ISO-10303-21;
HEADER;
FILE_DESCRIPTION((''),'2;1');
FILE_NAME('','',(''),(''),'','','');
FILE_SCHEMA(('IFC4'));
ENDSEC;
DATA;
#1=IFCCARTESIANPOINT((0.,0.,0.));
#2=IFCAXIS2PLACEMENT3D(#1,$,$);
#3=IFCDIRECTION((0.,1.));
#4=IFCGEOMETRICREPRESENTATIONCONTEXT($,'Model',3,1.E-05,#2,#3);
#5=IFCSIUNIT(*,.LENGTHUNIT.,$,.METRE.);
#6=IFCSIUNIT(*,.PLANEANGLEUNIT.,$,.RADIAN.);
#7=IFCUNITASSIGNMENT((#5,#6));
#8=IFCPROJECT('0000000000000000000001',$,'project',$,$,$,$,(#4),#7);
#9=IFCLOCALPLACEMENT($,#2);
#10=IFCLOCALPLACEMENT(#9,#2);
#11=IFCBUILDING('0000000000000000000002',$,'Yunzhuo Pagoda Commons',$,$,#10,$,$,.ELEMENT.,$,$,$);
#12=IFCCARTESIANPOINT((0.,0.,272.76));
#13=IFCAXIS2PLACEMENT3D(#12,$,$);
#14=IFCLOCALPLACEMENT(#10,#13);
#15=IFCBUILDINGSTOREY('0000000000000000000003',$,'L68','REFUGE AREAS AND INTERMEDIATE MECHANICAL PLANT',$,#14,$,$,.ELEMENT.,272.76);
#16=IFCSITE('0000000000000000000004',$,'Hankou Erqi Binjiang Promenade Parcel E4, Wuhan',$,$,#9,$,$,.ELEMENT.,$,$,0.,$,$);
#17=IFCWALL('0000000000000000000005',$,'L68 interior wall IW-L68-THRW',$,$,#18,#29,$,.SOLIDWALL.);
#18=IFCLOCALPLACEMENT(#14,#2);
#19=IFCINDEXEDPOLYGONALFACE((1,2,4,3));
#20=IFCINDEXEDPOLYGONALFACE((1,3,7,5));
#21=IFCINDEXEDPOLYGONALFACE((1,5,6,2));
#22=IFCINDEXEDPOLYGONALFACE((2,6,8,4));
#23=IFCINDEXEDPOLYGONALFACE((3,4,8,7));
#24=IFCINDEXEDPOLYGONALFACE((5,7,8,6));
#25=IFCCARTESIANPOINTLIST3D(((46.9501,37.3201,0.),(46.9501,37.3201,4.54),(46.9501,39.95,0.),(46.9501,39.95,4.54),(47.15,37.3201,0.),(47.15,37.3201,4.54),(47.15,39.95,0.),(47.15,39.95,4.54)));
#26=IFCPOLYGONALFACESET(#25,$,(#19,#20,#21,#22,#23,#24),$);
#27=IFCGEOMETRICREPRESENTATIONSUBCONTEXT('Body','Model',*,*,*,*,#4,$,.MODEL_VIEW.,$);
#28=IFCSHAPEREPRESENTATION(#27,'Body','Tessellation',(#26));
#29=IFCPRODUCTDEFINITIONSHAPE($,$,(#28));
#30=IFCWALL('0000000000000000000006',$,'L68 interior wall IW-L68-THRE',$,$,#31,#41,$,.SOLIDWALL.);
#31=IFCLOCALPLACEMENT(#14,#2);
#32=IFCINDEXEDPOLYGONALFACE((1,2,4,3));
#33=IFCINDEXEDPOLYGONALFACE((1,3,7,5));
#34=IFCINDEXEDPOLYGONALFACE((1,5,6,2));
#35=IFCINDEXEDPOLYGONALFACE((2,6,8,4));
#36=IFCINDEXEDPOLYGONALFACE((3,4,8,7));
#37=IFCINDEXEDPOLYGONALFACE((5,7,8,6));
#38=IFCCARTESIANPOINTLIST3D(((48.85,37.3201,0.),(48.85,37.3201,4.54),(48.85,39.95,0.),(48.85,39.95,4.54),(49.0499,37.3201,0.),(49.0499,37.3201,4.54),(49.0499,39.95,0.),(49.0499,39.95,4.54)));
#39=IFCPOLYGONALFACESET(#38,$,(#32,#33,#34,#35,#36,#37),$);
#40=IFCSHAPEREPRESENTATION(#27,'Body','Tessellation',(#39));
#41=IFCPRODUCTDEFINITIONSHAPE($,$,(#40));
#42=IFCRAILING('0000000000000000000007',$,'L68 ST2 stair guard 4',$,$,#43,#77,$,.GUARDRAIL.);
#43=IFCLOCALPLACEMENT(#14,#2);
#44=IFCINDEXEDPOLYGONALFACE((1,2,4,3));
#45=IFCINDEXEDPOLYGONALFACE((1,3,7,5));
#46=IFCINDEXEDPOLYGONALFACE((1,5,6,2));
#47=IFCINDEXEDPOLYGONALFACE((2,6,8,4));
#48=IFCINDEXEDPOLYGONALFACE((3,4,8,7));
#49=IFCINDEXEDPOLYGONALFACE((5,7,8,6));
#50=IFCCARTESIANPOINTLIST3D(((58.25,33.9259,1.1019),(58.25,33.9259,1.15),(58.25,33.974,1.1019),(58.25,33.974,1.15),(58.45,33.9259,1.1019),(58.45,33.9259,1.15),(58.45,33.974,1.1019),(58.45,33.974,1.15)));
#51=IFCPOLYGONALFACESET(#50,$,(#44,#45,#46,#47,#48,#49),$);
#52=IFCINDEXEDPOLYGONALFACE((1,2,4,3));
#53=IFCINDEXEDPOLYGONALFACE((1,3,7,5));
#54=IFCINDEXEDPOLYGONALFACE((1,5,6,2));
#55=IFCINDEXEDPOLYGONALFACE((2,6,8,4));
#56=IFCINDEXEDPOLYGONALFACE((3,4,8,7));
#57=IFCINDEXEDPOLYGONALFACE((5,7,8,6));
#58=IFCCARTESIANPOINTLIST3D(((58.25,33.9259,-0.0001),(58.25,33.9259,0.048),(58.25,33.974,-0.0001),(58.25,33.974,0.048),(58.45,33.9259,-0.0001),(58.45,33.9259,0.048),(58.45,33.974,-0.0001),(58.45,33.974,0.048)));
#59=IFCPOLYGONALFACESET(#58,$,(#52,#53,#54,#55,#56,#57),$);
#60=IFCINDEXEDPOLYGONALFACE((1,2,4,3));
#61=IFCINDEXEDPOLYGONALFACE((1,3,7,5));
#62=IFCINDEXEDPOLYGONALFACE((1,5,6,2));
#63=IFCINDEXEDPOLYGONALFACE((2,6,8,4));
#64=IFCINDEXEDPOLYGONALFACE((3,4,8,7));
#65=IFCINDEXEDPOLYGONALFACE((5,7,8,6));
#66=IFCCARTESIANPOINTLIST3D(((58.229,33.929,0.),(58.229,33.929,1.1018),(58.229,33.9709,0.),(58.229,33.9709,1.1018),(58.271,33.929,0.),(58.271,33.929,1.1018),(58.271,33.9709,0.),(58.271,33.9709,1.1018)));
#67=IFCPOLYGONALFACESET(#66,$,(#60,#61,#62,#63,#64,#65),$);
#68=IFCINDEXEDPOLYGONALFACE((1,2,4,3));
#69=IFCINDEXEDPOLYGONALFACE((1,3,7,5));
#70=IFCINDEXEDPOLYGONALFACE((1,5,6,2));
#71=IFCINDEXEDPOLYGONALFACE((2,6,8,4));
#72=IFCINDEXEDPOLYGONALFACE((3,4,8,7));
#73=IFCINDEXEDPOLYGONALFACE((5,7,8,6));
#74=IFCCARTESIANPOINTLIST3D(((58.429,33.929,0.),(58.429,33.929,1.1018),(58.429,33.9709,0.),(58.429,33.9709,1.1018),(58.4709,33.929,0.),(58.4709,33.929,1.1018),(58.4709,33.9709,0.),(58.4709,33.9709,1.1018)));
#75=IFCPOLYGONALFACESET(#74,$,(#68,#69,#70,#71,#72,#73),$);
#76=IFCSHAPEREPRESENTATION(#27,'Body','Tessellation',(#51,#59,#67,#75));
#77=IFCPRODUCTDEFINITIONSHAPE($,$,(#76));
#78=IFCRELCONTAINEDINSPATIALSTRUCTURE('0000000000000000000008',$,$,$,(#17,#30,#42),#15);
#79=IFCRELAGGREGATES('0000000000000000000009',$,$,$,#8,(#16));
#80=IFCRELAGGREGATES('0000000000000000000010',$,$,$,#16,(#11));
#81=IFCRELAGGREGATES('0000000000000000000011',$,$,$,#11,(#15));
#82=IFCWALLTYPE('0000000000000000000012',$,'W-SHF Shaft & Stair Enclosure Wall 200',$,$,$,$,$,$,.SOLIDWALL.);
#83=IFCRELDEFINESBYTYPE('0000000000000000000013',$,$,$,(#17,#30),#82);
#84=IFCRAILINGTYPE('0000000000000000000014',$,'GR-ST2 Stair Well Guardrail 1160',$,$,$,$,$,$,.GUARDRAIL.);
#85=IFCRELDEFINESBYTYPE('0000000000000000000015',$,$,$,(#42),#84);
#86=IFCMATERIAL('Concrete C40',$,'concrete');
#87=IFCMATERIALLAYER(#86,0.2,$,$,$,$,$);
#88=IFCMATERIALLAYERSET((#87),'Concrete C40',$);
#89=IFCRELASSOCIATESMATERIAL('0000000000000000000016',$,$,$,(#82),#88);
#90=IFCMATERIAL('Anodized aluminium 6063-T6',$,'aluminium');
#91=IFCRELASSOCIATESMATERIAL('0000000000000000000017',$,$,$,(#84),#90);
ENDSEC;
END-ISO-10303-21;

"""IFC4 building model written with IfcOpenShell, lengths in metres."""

from ifc_helpers import new_model, si_unit, direction, frame, frame_2d, origin, origin_2d, place, context, subcontext, project, spatial, rectangle, extrude, material, layer, layer_set, type_object, element, save


model = new_model("IFC4")

# Units and contexts
model_context = context("Model", 3, precision=1e-05, world=origin(), true_north=direction((0.0, 1.0)))
body_context = subcontext(model_context, "Body", "Model", "MODEL_VIEW")
ifc_project = project(units=[si_unit("LENGTHUNIT", "METRE"), si_unit("PLANEANGLEUNIT", "RADIAN")], contexts=[model_context])

# Site, building, storey
site_placement = place(None, origin())
site = spatial("IfcSite", under=ifc_project, at=site_placement, Name="Hankou Erqi Binjiang Promenade Parcel E4, Wuhan", CompositionType="ELEMENT", RefElevation=0.0)
building_placement = place(site_placement, origin())
building = spatial("IfcBuilding", under=site, at=building_placement, Name="Yunzhuo Pagoda Commons", CompositionType="ELEMENT")
storey_placement = place(building_placement, frame((0.0, 0.0, 272.76)))
storey = spatial("IfcBuildingStorey", under=building, at=storey_placement, Name="L68", Description="REFUGE AREAS AND INTERMEDIATE MECHANICAL PLANT", CompositionType="ELEMENT", Elevation=272.76)

# Shared definitions
ifc_material_1 = material(Name="Concrete C40", Category="concrete")
ifc_layer_1 = layer(ifc_material_1, 0.2)
ifc_layer_set_1 = layer_set([ifc_layer_1], Name="Concrete C40")
wall_type_1 = type_object("IfcWallType", Name="W-SHF Shaft & Stair Enclosure Wall 200", PredefinedType="SOLIDWALL", material=ifc_layer_set_1)

# Walls
for number, where, z_axis, x_axis, name in (
    (1, (47.05, 37.3201, 0.0), (0.0, 0.0, 1.0), (0.0, 1.0, 0.0), "L68 interior wall IW-L68-THRW"),
    (2, (48.95, 37.3201, 0.0), (0.0, 0.0, 1.0), (0.0, 1.0, 0.0), "L68 interior wall IW-L68-THRE"),
):
    element("IfcWall", number, at=place(storey_placement, frame(where, z_axis=z_axis, x_axis=x_axis)), inside=storey, type_object=wall_type_1, Name=name, PredefinedType="SOLIDWALL", context=body_context, shape_type="SweptSolid", body=[
        extrude(rectangle(XDim=2.6299, YDim=0.2, at=frame_2d((1.3149, 0.0))), origin(), (0.0, 0.0, 1.0), 4.54),
    ])

# Railing
ifc_material_2 = material(Name="Anodized aluminium 6063-T6", Category="aluminium")
railing_type = type_object("IfcRailingType", Name="GR-ST2 Stair Well Guardrail 1160", PredefinedType="GUARDRAIL", material=ifc_material_2)
railing_placement = place(storey_placement, frame((58.25, 33.95, 0.0)))
element("IfcRailing", 3, at=railing_placement, inside=storey, type_object=railing_type, Name="L68 ST2 stair guard 4", PredefinedType="GUARDRAIL", context=body_context, shape_type="SweptSolid", body=[
    extrude(rectangle(XDim=0.0481, YDim=0.0481, at=origin_2d()), frame((0.0, 0.0, 1.126), z_axis=(1.0, 0.0, 0.0), x_axis=(0.0, 1.0, 0.0)), (0.0, 0.0, 1.0), 0.2),
    extrude(rectangle(XDim=0.0481, YDim=0.0481, at=origin_2d()), frame((0.0, 0.0, 0.0239), z_axis=(1.0, 0.0, 0.0), x_axis=(0.0, 1.0, 0.0)), (0.0, 0.0, 1.0), 0.2),
    extrude(rectangle(XDim=0.042, YDim=0.042, at=origin_2d()), origin(), (0.0, 0.0, 1.0), 1.1018),
    extrude(rectangle(XDim=0.042, YDim=0.042, at=origin_2d()), frame((0.2, 0.0, 0.0)), (0.0, 0.0, 1.0), 1.1018),
])

save(model, "model.ifc")
